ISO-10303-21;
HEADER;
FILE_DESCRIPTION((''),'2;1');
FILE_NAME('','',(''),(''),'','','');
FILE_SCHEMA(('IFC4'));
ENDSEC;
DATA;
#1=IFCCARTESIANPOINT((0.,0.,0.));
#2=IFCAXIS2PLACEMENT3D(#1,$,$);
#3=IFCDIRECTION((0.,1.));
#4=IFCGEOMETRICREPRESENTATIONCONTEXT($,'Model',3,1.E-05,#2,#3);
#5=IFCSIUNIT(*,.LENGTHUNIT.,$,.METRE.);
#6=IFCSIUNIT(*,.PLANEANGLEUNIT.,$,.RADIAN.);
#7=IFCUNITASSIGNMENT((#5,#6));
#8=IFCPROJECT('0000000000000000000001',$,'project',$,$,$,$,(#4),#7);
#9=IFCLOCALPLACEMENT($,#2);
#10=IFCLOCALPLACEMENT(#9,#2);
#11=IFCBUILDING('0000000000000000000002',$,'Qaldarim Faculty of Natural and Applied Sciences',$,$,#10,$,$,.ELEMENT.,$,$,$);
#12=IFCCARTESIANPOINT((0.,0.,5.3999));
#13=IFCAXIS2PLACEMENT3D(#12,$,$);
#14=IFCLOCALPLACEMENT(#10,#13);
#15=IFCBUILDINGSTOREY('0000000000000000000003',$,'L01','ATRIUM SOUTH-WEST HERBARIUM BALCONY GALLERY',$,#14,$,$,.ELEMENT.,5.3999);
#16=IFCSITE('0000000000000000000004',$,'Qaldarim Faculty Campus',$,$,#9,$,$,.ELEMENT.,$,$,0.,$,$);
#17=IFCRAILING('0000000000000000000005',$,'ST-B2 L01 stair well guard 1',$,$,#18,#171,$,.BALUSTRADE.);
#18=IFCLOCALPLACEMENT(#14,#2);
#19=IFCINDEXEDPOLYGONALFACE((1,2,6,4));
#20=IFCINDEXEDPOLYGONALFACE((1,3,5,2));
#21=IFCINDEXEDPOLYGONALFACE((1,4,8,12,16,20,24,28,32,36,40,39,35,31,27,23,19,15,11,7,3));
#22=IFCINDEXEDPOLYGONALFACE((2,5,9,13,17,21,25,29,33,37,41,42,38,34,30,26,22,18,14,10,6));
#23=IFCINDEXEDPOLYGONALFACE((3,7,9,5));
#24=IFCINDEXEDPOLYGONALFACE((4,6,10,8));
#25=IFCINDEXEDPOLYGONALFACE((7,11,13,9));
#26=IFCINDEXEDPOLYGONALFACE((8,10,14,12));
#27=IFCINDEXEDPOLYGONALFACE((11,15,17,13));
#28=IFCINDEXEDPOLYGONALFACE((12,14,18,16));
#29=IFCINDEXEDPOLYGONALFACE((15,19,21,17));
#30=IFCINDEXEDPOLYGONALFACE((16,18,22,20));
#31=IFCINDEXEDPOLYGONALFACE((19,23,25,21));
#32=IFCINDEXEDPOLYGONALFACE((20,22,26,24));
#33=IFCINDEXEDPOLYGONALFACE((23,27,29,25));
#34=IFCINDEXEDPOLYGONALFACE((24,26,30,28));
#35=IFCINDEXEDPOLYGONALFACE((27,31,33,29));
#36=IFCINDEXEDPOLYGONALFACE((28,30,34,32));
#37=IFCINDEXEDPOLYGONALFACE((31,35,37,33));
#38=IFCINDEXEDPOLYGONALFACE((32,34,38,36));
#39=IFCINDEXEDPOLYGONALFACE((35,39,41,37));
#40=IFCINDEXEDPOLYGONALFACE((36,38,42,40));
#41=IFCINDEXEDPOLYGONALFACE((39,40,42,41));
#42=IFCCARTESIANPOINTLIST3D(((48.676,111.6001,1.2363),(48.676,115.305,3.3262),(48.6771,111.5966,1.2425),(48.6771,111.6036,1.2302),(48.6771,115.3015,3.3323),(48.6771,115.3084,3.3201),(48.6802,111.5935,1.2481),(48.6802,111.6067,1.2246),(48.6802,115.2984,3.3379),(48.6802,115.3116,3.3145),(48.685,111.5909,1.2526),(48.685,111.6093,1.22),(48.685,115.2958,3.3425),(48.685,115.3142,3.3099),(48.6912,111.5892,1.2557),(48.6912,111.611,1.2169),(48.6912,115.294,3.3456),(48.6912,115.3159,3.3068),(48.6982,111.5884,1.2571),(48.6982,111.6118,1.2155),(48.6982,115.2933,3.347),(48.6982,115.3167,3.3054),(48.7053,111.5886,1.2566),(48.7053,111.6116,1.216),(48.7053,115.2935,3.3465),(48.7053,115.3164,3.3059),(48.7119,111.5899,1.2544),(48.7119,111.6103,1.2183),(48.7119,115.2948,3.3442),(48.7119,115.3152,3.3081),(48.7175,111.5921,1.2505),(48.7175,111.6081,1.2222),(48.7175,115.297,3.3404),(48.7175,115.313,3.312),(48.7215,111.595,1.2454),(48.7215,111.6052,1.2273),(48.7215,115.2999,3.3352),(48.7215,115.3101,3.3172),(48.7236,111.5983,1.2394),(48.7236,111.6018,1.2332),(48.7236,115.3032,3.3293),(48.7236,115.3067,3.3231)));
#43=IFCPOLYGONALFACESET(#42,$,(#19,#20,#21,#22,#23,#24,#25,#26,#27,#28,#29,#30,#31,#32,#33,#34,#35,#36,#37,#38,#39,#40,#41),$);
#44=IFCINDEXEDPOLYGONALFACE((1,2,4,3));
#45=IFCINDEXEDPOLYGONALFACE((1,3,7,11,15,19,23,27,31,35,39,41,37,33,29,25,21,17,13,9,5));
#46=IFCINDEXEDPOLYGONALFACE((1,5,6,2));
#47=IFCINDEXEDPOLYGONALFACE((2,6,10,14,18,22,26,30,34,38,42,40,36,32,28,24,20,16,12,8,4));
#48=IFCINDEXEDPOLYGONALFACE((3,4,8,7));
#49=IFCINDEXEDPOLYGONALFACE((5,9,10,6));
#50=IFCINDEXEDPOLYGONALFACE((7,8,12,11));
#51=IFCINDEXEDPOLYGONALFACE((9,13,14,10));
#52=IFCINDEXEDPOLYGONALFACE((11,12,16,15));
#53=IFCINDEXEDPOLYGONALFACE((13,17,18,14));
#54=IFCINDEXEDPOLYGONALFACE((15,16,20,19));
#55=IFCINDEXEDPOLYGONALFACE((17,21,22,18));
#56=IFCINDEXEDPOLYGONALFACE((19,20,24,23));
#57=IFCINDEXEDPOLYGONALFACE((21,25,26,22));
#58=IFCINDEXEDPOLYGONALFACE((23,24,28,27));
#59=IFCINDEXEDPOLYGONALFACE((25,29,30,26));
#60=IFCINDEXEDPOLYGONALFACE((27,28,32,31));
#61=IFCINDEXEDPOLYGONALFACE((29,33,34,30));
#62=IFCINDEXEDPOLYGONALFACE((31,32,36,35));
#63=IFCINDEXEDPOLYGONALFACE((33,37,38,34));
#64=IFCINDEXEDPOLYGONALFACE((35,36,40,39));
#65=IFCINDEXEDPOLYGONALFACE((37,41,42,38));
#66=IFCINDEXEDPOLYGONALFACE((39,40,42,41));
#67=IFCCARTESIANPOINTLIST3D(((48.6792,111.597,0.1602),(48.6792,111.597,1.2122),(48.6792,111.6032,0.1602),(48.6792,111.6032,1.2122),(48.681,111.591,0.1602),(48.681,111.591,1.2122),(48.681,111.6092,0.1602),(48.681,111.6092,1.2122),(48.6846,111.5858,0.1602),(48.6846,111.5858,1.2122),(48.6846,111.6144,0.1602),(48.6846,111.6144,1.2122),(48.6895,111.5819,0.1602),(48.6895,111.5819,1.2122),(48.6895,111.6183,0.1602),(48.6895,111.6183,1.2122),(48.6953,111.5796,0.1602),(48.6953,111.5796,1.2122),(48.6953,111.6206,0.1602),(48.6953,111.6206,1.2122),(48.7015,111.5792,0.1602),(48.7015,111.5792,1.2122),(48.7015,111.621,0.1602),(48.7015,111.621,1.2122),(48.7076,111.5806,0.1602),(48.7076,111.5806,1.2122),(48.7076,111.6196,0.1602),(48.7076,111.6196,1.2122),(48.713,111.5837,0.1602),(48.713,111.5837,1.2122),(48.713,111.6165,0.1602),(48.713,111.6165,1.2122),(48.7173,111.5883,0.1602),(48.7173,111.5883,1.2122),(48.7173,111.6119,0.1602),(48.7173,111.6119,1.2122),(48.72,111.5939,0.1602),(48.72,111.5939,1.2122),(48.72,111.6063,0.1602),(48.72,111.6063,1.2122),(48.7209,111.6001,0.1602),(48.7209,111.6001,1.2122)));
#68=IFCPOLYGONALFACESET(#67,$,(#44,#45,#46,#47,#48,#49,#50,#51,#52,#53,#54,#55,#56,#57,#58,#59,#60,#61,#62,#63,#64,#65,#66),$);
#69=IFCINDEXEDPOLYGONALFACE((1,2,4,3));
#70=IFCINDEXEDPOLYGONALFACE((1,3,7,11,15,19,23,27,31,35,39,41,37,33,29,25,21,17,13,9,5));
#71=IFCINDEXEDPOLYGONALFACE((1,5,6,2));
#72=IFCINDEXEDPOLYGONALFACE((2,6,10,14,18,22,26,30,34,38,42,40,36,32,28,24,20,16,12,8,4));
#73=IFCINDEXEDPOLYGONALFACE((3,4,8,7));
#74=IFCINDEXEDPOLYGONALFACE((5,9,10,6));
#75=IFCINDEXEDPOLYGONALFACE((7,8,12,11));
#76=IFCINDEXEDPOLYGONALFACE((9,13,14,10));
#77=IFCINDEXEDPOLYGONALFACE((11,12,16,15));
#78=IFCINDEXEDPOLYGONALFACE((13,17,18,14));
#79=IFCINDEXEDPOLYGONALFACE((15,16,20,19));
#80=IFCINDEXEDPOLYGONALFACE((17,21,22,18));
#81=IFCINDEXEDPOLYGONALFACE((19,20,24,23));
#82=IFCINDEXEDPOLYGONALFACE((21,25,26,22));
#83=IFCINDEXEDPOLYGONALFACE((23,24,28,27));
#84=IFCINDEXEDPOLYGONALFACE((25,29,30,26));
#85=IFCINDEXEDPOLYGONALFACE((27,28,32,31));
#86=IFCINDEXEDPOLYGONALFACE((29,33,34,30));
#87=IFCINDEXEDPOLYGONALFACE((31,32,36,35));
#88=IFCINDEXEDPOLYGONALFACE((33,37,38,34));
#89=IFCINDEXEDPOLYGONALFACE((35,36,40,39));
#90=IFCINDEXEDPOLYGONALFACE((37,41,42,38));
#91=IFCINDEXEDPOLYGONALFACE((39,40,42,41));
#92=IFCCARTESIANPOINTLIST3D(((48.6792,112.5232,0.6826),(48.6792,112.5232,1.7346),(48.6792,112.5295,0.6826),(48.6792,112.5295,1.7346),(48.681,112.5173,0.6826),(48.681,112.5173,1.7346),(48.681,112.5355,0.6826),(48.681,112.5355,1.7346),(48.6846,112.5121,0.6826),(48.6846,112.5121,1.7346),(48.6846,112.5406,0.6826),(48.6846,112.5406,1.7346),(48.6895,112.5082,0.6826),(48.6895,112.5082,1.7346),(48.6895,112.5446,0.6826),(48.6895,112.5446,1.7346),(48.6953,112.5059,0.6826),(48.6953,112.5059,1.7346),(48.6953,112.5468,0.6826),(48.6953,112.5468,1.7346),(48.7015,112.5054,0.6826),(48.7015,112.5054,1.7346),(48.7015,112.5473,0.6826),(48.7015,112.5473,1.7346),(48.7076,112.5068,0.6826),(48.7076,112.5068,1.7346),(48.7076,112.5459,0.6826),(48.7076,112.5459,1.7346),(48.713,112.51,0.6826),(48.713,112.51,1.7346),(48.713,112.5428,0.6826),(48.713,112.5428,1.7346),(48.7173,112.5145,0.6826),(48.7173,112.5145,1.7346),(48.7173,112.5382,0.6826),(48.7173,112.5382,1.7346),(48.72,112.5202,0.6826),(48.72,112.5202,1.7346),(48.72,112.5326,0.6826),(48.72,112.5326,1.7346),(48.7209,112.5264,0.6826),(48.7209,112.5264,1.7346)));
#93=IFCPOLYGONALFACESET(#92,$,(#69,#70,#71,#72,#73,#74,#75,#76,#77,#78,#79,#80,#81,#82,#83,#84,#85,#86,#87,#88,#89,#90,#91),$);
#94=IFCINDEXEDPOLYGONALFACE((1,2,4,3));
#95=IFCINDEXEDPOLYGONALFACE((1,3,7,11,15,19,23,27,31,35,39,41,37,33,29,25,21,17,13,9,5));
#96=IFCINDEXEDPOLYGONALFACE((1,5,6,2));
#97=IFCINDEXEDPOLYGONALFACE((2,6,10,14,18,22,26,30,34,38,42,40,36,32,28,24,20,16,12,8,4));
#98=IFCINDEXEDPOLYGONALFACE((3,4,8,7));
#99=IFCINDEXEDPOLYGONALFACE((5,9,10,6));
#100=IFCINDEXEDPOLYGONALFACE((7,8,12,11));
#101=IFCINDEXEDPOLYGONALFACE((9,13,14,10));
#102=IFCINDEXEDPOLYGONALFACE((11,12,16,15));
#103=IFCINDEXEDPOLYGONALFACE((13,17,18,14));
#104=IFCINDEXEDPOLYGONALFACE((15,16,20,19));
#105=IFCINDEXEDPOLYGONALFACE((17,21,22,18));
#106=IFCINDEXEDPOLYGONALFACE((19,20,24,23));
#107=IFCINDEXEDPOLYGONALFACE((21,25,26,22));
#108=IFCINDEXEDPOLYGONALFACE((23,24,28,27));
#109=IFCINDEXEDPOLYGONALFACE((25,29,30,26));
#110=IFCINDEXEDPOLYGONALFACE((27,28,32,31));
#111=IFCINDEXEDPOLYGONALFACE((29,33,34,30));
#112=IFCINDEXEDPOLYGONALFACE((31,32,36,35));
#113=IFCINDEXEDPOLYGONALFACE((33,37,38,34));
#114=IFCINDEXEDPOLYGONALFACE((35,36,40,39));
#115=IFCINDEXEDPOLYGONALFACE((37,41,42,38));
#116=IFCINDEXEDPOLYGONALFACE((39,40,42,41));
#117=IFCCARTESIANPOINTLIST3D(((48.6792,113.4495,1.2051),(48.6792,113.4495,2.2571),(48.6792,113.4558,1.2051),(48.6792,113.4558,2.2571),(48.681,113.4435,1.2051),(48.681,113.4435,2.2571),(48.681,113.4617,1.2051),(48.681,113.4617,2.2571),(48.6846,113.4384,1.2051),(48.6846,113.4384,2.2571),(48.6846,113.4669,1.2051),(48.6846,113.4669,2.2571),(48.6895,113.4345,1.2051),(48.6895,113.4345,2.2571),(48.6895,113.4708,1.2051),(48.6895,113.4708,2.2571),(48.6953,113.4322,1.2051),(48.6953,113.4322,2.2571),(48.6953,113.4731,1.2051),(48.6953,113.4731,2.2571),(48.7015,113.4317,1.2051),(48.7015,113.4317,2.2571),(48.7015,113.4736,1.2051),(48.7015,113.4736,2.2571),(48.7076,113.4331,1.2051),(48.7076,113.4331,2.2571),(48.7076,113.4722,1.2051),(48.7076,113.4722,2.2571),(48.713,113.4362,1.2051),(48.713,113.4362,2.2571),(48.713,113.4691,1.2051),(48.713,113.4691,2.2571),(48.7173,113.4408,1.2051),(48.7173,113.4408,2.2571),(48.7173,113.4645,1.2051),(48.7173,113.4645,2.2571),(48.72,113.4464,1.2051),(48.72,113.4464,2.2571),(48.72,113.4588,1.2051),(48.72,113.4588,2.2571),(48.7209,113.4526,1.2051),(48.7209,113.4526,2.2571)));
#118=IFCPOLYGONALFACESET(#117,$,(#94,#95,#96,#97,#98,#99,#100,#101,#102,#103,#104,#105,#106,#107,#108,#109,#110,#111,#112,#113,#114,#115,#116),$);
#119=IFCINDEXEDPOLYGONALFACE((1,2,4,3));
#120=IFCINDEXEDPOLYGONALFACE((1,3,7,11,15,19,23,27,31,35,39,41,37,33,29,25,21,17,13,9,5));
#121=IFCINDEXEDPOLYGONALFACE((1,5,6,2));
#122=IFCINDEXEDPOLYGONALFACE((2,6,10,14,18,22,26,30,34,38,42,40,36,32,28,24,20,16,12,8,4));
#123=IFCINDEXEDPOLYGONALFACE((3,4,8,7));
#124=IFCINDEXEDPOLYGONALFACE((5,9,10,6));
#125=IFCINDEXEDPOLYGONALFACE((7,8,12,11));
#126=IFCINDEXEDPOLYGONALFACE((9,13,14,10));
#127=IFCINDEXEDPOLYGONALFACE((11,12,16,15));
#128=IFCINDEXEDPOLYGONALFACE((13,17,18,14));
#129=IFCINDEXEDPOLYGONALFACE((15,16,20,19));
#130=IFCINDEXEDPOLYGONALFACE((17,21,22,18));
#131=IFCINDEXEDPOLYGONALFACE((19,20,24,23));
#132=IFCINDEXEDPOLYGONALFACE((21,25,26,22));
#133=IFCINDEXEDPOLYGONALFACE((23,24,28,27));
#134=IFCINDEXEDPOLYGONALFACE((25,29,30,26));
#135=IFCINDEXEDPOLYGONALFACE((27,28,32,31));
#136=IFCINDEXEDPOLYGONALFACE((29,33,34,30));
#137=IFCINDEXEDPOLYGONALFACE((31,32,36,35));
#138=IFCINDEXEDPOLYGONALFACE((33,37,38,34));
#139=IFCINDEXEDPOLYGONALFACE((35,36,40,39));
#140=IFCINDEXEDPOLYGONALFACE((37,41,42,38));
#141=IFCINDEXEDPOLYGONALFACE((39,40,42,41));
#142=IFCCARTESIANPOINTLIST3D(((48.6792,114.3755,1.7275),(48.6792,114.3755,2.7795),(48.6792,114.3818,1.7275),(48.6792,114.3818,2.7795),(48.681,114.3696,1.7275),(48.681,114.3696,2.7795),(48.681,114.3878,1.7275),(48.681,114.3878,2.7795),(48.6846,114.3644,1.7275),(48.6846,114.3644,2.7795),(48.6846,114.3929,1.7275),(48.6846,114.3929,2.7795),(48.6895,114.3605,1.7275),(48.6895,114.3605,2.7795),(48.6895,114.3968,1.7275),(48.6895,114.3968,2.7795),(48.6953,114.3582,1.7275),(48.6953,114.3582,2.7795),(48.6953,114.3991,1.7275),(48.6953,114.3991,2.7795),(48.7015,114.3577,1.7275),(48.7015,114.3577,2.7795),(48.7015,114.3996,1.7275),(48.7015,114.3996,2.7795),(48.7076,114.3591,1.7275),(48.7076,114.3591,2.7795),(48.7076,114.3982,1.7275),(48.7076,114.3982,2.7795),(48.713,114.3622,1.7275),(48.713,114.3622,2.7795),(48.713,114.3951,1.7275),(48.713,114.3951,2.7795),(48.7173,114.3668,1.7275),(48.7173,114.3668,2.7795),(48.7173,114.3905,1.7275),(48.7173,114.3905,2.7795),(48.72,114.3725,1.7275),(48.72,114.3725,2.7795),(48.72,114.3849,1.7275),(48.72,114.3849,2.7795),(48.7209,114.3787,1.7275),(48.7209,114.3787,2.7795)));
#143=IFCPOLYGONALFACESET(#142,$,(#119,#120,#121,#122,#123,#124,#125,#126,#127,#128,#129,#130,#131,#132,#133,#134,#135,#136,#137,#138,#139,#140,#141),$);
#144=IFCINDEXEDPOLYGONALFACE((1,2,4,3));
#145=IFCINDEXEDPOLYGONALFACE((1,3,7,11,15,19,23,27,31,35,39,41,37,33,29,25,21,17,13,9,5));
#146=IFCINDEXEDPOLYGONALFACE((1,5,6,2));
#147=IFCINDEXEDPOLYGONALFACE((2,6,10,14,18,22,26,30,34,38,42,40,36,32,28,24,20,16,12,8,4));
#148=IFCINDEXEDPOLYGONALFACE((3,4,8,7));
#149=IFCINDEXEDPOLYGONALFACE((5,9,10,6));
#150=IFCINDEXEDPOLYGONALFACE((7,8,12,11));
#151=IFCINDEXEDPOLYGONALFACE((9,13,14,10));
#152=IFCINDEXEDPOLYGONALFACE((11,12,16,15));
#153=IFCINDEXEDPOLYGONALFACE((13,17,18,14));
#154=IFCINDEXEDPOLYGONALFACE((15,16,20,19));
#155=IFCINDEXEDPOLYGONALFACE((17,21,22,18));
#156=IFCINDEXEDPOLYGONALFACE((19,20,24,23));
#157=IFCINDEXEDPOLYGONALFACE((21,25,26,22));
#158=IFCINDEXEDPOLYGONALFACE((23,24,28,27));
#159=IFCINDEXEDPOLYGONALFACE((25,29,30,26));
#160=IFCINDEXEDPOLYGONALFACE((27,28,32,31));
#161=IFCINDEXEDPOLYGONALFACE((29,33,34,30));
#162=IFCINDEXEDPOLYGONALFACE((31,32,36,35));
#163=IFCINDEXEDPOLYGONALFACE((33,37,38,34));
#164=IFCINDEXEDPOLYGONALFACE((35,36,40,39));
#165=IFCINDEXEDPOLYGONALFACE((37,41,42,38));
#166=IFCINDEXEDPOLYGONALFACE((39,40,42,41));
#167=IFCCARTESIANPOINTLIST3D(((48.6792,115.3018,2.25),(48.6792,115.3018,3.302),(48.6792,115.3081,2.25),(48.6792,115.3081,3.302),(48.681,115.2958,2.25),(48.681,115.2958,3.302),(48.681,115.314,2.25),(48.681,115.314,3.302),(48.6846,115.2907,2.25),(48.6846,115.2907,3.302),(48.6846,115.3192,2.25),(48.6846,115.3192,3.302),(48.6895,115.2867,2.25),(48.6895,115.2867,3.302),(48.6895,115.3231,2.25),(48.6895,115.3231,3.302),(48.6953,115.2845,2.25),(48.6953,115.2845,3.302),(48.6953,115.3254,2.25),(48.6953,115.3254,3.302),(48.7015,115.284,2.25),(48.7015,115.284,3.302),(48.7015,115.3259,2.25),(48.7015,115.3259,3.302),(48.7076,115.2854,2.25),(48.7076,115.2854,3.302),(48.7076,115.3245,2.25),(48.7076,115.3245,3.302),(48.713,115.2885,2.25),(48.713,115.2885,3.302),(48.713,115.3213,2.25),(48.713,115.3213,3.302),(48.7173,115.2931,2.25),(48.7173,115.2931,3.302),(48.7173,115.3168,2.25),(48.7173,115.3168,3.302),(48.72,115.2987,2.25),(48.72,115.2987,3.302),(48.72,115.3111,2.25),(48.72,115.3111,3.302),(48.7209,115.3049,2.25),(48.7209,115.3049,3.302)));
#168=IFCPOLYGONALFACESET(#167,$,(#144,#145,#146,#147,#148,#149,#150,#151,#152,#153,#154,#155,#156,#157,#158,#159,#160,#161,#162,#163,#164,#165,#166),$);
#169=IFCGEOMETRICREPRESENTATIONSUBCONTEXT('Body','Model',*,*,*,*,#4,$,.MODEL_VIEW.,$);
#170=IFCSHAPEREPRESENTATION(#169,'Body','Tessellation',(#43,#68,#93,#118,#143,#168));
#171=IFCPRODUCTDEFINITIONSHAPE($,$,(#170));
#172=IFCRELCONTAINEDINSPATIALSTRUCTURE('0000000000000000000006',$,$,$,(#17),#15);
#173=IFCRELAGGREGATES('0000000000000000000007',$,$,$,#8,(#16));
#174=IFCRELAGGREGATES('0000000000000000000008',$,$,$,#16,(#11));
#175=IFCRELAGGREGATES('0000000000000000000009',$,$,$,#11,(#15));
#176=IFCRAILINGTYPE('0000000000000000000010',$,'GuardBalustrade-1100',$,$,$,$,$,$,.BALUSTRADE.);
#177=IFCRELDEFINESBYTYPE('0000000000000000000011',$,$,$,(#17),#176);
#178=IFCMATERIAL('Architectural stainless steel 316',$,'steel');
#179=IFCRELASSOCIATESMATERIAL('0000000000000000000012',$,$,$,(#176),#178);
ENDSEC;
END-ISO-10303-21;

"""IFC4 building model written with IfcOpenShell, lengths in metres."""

from ifc_helpers import new_model, si_unit, direction, frame, origin, origin_2d, place, context, subcontext, project, spatial, circle, extrude, material, type_object, element, save


model = new_model("IFC4")

# Units and contexts
model_context = context("Model", 3, precision=1e-05, world=origin(), true_north=direction((0.0, 1.0)))
body_context = subcontext(model_context, "Body", "Model", "MODEL_VIEW")
ifc_project = project(units=[si_unit("LENGTHUNIT", "METRE"), si_unit("PLANEANGLEUNIT", "RADIAN")], contexts=[model_context])

# Site, building, storey
site_placement = place(None, origin())
site = spatial("IfcSite", under=ifc_project, at=site_placement, Name="Qaldarim Faculty Campus", CompositionType="ELEMENT", RefElevation=0.0)
building_placement = place(site_placement, origin())
building = spatial("IfcBuilding", under=site, at=building_placement, Name="Qaldarim Faculty of Natural and Applied Sciences", CompositionType="ELEMENT")
storey_placement = place(building_placement, frame((0.0, 0.0, 5.3999)))
storey = spatial("IfcBuildingStorey", under=building, at=storey_placement, Name="L01", Description="ATRIUM SOUTH-WEST HERBARIUM BALCONY GALLERY", CompositionType="ELEMENT", Elevation=5.3999)

# Shared definitions
ifc_material_1 = material(Name="Architectural stainless steel 316", Category="steel")

# Railing
railing_type_1 = type_object("IfcRailingType", Name="GuardBalustrade-1100", PredefinedType="BALUSTRADE", material=ifc_material_1)
railing_1_placement = place(storey_placement, frame((48.7, 111.6001, 0.1602)))
element("IfcRailing", 1, at=railing_1_placement, inside=storey, type_object=railing_type_1, Name="ST-B2 L01 stair well guard 1", PredefinedType="BALUSTRADE", context=body_context, shape_type="SweptSolid", body=[
    extrude(circle(Radius=0.0239, at=origin_2d()), frame((0.0, 0.0, 1.0762), z_axis=(0.0, 0.870985, 0.49131), x_axis=(-1.0, 0.0, 0.0)), (0.0, 0.0, 1.0), 4.2537),
    extrude(circle(Radius=0.021, at=origin_2d()), origin(), (0.0, 0.0, 1.0), 1.052),
    extrude(circle(Radius=0.021, at=origin_2d()), frame((0.0, 0.9263, 0.5225)), (0.0, 0.0, 1.0), 1.052),
    extrude(circle(Radius=0.021, at=origin_2d()), frame((0.0, 1.8525, 1.0449)), (0.0, 0.0, 1.0), 1.052),
    extrude(circle(Radius=0.021, at=origin_2d()), frame((0.0, 2.7786, 1.5674)), (0.0, 0.0, 1.0), 1.052),
    extrude(circle(Radius=0.021, at=origin_2d()), frame((0.0, 3.7048, 2.0898)), (0.0, 0.0, 1.0), 1.052),
])

save(model, "model.ifc")
